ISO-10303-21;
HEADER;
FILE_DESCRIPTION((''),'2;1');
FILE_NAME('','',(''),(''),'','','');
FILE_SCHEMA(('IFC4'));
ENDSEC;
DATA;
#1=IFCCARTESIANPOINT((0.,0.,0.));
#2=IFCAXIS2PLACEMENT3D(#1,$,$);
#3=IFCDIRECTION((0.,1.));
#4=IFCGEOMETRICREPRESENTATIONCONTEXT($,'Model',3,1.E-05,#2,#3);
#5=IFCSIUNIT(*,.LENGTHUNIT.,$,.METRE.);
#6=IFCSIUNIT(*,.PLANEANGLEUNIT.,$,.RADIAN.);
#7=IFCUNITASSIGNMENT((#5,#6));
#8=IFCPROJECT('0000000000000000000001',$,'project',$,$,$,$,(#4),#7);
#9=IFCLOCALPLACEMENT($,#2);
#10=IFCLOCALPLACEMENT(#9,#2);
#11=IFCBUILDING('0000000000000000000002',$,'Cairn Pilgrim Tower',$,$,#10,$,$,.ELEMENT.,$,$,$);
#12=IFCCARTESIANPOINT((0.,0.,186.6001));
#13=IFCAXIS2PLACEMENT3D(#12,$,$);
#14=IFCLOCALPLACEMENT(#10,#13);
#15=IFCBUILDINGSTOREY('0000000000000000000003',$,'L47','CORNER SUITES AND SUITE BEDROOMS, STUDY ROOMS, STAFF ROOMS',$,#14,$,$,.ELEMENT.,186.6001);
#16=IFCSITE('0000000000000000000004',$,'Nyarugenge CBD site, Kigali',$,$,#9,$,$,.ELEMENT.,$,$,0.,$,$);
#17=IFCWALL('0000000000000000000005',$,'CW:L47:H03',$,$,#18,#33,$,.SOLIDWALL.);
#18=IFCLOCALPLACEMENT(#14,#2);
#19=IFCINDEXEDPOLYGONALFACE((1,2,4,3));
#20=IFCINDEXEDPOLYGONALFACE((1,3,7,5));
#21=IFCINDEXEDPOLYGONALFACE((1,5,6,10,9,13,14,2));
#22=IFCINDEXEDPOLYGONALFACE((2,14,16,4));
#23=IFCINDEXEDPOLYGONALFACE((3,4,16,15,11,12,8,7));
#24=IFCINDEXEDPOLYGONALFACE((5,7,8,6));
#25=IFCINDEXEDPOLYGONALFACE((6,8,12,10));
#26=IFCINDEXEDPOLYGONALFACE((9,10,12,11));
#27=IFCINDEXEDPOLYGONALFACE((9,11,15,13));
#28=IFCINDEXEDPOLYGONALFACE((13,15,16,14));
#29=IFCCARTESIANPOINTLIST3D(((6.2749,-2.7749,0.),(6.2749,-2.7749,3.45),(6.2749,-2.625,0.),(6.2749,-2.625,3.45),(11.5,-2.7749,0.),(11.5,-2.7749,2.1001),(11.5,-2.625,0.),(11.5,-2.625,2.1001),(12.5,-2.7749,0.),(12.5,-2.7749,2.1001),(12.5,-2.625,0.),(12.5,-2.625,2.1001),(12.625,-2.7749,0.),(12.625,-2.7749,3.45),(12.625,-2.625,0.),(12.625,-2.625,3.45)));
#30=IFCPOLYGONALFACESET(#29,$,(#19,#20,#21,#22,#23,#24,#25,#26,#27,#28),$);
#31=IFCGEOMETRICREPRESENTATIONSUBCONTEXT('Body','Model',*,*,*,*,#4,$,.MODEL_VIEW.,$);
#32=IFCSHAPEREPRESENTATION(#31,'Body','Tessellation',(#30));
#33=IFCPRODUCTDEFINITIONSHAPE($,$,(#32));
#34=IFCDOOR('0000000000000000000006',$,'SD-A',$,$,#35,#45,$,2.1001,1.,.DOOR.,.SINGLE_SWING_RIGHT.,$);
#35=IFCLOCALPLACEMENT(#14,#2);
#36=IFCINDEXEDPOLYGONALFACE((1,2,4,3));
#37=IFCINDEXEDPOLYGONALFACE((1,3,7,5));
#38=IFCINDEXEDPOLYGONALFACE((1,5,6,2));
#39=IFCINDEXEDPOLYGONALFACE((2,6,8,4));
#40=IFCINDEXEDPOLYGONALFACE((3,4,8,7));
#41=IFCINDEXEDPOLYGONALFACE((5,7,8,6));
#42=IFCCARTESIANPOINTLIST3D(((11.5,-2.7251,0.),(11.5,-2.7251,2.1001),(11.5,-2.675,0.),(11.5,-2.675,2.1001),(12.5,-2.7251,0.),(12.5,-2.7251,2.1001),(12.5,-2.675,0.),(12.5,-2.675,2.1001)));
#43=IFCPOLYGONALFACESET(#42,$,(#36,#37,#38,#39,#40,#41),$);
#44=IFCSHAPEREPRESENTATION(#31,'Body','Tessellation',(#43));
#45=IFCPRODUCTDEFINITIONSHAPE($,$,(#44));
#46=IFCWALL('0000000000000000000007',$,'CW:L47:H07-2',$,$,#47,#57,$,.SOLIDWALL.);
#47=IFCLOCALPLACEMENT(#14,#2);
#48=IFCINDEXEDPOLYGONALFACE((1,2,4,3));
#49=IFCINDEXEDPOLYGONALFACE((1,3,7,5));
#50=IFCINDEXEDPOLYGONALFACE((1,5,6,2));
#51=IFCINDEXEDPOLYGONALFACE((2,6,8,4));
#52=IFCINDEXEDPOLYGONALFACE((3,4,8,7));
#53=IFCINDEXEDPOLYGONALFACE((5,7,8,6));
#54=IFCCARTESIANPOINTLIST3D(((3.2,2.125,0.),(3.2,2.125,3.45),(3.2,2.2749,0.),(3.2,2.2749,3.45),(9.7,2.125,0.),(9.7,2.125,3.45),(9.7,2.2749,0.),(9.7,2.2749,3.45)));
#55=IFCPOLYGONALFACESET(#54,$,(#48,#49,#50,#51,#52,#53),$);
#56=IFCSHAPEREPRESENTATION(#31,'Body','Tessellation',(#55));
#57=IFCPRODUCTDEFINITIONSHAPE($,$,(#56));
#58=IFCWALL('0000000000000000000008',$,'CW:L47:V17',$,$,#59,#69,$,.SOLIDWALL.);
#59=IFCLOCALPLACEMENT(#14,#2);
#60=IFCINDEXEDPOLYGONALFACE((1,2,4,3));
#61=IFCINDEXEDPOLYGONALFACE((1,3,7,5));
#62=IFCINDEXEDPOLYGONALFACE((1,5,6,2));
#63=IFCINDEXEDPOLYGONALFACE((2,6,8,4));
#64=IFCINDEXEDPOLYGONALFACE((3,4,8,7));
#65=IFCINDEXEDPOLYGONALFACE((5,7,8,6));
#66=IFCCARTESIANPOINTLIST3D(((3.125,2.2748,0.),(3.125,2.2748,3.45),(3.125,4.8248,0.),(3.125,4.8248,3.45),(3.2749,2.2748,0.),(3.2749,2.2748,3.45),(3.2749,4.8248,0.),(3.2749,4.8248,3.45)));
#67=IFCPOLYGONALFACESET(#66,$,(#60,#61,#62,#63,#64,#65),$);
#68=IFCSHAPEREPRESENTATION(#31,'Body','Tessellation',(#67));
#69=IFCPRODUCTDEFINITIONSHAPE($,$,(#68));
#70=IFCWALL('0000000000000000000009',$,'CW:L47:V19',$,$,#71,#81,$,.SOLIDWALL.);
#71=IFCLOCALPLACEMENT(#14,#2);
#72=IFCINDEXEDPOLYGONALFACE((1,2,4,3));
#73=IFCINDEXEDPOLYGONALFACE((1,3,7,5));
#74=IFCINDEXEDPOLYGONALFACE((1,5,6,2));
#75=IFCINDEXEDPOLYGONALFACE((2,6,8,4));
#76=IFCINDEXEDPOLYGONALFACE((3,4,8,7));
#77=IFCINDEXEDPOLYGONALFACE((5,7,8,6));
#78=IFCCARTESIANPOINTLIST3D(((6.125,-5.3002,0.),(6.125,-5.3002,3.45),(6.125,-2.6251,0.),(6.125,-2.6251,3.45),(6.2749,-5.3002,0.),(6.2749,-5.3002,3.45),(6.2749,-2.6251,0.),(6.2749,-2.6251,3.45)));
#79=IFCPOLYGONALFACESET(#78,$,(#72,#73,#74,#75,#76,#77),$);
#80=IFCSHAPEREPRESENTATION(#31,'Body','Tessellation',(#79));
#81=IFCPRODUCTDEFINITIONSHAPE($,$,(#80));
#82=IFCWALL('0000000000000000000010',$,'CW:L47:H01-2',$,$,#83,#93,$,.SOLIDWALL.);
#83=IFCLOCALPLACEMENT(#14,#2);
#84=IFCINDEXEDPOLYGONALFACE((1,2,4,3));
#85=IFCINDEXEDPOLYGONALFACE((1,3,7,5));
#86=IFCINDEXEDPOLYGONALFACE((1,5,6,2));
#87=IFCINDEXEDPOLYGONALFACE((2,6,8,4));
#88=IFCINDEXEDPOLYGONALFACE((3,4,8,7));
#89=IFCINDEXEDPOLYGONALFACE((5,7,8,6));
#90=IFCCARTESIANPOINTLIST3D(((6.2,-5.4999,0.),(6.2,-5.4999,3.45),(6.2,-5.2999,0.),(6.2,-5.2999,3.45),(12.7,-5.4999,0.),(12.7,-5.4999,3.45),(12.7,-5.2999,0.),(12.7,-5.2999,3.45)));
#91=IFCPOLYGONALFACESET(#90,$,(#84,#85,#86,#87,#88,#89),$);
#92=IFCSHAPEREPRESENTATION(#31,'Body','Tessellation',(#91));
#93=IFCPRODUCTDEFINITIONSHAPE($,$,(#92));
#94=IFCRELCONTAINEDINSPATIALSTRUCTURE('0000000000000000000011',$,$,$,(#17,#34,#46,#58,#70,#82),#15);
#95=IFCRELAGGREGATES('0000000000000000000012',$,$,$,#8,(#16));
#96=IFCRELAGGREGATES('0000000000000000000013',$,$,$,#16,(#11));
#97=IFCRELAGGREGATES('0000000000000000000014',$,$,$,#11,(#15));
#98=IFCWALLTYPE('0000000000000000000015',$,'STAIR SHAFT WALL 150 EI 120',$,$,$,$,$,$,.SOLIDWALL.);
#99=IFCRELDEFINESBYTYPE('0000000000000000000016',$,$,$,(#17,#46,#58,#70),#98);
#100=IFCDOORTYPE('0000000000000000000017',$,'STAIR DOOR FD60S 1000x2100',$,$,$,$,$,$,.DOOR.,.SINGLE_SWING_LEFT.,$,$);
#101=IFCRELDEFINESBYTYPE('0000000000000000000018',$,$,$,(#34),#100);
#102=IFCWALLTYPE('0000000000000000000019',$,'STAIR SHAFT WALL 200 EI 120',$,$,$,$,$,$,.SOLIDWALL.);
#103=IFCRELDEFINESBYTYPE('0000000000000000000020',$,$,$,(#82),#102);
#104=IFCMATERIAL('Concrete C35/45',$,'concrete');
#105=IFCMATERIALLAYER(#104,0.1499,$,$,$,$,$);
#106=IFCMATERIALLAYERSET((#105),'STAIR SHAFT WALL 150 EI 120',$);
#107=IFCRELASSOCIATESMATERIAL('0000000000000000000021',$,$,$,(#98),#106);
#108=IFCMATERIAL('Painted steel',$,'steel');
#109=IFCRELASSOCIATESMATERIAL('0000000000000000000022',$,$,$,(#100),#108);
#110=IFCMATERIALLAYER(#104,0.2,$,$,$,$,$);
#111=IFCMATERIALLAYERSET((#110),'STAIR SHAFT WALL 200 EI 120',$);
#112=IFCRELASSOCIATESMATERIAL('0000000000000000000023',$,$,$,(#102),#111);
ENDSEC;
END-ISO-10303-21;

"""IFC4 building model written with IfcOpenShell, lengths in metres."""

from ifc_helpers import new_model, si_unit, direction, frame, frame_2d, origin, place, context, subcontext, project, spatial, rectangle, extrude, material, layer, layer_set, type_object, element, fill, save


model = new_model("IFC4")

# Units and contexts
model_context = context("Model", 3, precision=1e-05, world=origin(), true_north=direction((0.0, 1.0)))
body_context = subcontext(model_context, "Body", "Model", "MODEL_VIEW")
ifc_project = project(units=[si_unit("LENGTHUNIT", "METRE"), si_unit("PLANEANGLEUNIT", "RADIAN")], contexts=[model_context])

# Site, building, storey
site_placement = place(None, origin())
site = spatial("IfcSite", under=ifc_project, at=site_placement, Name="Nyarugenge CBD site, Kigali", CompositionType="ELEMENT", RefElevation=0.0)
building_placement = place(site_placement, origin())
building = spatial("IfcBuilding", under=site, at=building_placement, Name="Cairn Pilgrim Tower", CompositionType="ELEMENT")
storey_placement = place(building_placement, frame((0.0, 0.0, 186.6001)))
storey = spatial("IfcBuildingStorey", under=building, at=storey_placement, Name="L47", Description="CORNER SUITES AND SUITE BEDROOMS, STUDY ROOMS, STAFF ROOMS", CompositionType="ELEMENT", Elevation=186.6001)

# Shared definitions
ifc_material_1 = material(Name="Concrete C35/45", Category="concrete")

# Shared definitions
ifc_material_2 = material(Name="Painted steel", Category="steel")

# Wall, opening, door
ifc_layer_1 = layer(ifc_material_1, 0.1499)
ifc_layer_set_1 = layer_set([ifc_layer_1], Name="STAIR SHAFT WALL 150 EI 120")
wall_type_1 = type_object("IfcWallType", Name="STAIR SHAFT WALL 150 EI 120", PredefinedType="SOLIDWALL", material=ifc_layer_set_1)
wall_1_placement = place(storey_placement, frame((6.2749, -2.7, 0.0), z_axis=(0.0, 0.0, 1.0), x_axis=(1.0, 0.0, 0.0)))
wall_1 = element("IfcWall", 1, at=wall_1_placement, inside=storey, type_object=wall_type_1, Name="CW:L47:H03", PredefinedType="SOLIDWALL", context=body_context, shape_type="SweptSolid", body=[
    extrude(rectangle(XDim=6.3501, YDim=0.1499, at=frame_2d((3.175, 0.0))), origin(), (0.0, 0.0, 1.0), 3.45),
])
opening_1_placement = place(wall_1_placement, frame((5.2251, 0.0, 0.0)))
opening_1 = element("IfcOpeningElement", 2, at=opening_1_placement, cuts=wall_1, PredefinedType="OPENING", context=body_context, shape_type="SweptSolid", body=[
    extrude(rectangle(XDim=1.0, YDim=2.1001, at=frame_2d((0.5, 1.05))), frame((0.0, 0.085, 0.0), z_axis=(0.0, -1.0, 0.0), x_axis=(1.0, 0.0, 0.0)), (0.0, 0.0, 1.0), 0.1699),
])
door_type_1 = type_object("IfcDoorType", Name="STAIR DOOR FD60S 1000x2100", OperationType="SINGLE_SWING_LEFT", PredefinedType="DOOR", material=ifc_material_2)
door_1_placement = place(opening_1_placement, origin())
door_1 = element("IfcDoor", 3, at=door_1_placement, inside=storey, type_object=door_type_1, Name="SD-A", OperationType="SINGLE_SWING_RIGHT", OverallHeight=2.1001, OverallWidth=1.0, PredefinedType="DOOR", context=body_context, shape_type="SweptSolid", body=[
    extrude(rectangle(XDim=1.0, YDim=2.1001, at=frame_2d((0.5, 1.05))), frame((0.0, 0.0249, 0.0), z_axis=(0.0, -1.0, 0.0), x_axis=(1.0, 0.0, 0.0)), (0.0, 0.0, 1.0), 0.05),
])
fill(opening_1, door_1)

# Walls
wall_2_placement = place(storey_placement, frame((3.2, 2.2, 0.0), z_axis=(0.0, 0.0, 1.0), x_axis=(1.0, 0.0, 0.0)))
element("IfcWall", 4, at=wall_2_placement, inside=storey, type_object=wall_type_1, Name="CW:L47:H07-2", PredefinedType="SOLIDWALL", context=body_context, shape_type="SweptSolid", body=[
    extrude(rectangle(XDim=6.5, YDim=0.1499, at=frame_2d((3.25, 0.0))), origin(), (0.0, 0.0, 1.0), 3.45),
])
wall_3_placement = place(storey_placement, frame((3.2, 2.2749, 0.0), z_axis=(0.0, 0.0, 1.0), x_axis=(0.0, 1.0, 0.0)))
element("IfcWall", 5, at=wall_3_placement, inside=storey, type_object=wall_type_1, Name="CW:L47:V17", PredefinedType="SOLIDWALL", context=body_context, shape_type="SweptSolid", body=[
    extrude(rectangle(XDim=2.55, YDim=0.1499, at=frame_2d((1.2749, 0.0))), origin(), (0.0, 0.0, 1.0), 3.45),
])
wall_4_placement = place(storey_placement, frame((6.2, -5.3, 0.0), z_axis=(0.0, 0.0, 1.0), x_axis=(0.0, 1.0, 0.0)))
element("IfcWall", 6, at=wall_4_placement, inside=storey, type_object=wall_type_1, Name="CW:L47:V19", PredefinedType="SOLIDWALL", context=body_context, shape_type="SweptSolid", body=[
    extrude(rectangle(XDim=2.675, YDim=0.1499, at=frame_2d((1.3374, 0.0))), origin(), (0.0, 0.0, 1.0), 3.45),
])
ifc_layer_2 = layer(ifc_material_1, 0.2)
ifc_layer_set_2 = layer_set([ifc_layer_2], Name="STAIR SHAFT WALL 200 EI 120")
wall_type_2 = type_object("IfcWallType", Name="STAIR SHAFT WALL 200 EI 120", PredefinedType="SOLIDWALL", material=ifc_layer_set_2)
wall_5_placement = place(storey_placement, frame((6.2, -5.3999, 0.0), z_axis=(0.0, 0.0, 1.0), x_axis=(1.0, 0.0, 0.0)))
element("IfcWall", 7, at=wall_5_placement, inside=storey, type_object=wall_type_2, Name="CW:L47:H01-2", PredefinedType="SOLIDWALL", context=body_context, shape_type="SweptSolid", body=[
    extrude(rectangle(XDim=6.5, YDim=0.2, at=frame_2d((3.25, 0.0))), origin(), (0.0, 0.0, 1.0), 3.45),
])

save(model, "model.ifc")
